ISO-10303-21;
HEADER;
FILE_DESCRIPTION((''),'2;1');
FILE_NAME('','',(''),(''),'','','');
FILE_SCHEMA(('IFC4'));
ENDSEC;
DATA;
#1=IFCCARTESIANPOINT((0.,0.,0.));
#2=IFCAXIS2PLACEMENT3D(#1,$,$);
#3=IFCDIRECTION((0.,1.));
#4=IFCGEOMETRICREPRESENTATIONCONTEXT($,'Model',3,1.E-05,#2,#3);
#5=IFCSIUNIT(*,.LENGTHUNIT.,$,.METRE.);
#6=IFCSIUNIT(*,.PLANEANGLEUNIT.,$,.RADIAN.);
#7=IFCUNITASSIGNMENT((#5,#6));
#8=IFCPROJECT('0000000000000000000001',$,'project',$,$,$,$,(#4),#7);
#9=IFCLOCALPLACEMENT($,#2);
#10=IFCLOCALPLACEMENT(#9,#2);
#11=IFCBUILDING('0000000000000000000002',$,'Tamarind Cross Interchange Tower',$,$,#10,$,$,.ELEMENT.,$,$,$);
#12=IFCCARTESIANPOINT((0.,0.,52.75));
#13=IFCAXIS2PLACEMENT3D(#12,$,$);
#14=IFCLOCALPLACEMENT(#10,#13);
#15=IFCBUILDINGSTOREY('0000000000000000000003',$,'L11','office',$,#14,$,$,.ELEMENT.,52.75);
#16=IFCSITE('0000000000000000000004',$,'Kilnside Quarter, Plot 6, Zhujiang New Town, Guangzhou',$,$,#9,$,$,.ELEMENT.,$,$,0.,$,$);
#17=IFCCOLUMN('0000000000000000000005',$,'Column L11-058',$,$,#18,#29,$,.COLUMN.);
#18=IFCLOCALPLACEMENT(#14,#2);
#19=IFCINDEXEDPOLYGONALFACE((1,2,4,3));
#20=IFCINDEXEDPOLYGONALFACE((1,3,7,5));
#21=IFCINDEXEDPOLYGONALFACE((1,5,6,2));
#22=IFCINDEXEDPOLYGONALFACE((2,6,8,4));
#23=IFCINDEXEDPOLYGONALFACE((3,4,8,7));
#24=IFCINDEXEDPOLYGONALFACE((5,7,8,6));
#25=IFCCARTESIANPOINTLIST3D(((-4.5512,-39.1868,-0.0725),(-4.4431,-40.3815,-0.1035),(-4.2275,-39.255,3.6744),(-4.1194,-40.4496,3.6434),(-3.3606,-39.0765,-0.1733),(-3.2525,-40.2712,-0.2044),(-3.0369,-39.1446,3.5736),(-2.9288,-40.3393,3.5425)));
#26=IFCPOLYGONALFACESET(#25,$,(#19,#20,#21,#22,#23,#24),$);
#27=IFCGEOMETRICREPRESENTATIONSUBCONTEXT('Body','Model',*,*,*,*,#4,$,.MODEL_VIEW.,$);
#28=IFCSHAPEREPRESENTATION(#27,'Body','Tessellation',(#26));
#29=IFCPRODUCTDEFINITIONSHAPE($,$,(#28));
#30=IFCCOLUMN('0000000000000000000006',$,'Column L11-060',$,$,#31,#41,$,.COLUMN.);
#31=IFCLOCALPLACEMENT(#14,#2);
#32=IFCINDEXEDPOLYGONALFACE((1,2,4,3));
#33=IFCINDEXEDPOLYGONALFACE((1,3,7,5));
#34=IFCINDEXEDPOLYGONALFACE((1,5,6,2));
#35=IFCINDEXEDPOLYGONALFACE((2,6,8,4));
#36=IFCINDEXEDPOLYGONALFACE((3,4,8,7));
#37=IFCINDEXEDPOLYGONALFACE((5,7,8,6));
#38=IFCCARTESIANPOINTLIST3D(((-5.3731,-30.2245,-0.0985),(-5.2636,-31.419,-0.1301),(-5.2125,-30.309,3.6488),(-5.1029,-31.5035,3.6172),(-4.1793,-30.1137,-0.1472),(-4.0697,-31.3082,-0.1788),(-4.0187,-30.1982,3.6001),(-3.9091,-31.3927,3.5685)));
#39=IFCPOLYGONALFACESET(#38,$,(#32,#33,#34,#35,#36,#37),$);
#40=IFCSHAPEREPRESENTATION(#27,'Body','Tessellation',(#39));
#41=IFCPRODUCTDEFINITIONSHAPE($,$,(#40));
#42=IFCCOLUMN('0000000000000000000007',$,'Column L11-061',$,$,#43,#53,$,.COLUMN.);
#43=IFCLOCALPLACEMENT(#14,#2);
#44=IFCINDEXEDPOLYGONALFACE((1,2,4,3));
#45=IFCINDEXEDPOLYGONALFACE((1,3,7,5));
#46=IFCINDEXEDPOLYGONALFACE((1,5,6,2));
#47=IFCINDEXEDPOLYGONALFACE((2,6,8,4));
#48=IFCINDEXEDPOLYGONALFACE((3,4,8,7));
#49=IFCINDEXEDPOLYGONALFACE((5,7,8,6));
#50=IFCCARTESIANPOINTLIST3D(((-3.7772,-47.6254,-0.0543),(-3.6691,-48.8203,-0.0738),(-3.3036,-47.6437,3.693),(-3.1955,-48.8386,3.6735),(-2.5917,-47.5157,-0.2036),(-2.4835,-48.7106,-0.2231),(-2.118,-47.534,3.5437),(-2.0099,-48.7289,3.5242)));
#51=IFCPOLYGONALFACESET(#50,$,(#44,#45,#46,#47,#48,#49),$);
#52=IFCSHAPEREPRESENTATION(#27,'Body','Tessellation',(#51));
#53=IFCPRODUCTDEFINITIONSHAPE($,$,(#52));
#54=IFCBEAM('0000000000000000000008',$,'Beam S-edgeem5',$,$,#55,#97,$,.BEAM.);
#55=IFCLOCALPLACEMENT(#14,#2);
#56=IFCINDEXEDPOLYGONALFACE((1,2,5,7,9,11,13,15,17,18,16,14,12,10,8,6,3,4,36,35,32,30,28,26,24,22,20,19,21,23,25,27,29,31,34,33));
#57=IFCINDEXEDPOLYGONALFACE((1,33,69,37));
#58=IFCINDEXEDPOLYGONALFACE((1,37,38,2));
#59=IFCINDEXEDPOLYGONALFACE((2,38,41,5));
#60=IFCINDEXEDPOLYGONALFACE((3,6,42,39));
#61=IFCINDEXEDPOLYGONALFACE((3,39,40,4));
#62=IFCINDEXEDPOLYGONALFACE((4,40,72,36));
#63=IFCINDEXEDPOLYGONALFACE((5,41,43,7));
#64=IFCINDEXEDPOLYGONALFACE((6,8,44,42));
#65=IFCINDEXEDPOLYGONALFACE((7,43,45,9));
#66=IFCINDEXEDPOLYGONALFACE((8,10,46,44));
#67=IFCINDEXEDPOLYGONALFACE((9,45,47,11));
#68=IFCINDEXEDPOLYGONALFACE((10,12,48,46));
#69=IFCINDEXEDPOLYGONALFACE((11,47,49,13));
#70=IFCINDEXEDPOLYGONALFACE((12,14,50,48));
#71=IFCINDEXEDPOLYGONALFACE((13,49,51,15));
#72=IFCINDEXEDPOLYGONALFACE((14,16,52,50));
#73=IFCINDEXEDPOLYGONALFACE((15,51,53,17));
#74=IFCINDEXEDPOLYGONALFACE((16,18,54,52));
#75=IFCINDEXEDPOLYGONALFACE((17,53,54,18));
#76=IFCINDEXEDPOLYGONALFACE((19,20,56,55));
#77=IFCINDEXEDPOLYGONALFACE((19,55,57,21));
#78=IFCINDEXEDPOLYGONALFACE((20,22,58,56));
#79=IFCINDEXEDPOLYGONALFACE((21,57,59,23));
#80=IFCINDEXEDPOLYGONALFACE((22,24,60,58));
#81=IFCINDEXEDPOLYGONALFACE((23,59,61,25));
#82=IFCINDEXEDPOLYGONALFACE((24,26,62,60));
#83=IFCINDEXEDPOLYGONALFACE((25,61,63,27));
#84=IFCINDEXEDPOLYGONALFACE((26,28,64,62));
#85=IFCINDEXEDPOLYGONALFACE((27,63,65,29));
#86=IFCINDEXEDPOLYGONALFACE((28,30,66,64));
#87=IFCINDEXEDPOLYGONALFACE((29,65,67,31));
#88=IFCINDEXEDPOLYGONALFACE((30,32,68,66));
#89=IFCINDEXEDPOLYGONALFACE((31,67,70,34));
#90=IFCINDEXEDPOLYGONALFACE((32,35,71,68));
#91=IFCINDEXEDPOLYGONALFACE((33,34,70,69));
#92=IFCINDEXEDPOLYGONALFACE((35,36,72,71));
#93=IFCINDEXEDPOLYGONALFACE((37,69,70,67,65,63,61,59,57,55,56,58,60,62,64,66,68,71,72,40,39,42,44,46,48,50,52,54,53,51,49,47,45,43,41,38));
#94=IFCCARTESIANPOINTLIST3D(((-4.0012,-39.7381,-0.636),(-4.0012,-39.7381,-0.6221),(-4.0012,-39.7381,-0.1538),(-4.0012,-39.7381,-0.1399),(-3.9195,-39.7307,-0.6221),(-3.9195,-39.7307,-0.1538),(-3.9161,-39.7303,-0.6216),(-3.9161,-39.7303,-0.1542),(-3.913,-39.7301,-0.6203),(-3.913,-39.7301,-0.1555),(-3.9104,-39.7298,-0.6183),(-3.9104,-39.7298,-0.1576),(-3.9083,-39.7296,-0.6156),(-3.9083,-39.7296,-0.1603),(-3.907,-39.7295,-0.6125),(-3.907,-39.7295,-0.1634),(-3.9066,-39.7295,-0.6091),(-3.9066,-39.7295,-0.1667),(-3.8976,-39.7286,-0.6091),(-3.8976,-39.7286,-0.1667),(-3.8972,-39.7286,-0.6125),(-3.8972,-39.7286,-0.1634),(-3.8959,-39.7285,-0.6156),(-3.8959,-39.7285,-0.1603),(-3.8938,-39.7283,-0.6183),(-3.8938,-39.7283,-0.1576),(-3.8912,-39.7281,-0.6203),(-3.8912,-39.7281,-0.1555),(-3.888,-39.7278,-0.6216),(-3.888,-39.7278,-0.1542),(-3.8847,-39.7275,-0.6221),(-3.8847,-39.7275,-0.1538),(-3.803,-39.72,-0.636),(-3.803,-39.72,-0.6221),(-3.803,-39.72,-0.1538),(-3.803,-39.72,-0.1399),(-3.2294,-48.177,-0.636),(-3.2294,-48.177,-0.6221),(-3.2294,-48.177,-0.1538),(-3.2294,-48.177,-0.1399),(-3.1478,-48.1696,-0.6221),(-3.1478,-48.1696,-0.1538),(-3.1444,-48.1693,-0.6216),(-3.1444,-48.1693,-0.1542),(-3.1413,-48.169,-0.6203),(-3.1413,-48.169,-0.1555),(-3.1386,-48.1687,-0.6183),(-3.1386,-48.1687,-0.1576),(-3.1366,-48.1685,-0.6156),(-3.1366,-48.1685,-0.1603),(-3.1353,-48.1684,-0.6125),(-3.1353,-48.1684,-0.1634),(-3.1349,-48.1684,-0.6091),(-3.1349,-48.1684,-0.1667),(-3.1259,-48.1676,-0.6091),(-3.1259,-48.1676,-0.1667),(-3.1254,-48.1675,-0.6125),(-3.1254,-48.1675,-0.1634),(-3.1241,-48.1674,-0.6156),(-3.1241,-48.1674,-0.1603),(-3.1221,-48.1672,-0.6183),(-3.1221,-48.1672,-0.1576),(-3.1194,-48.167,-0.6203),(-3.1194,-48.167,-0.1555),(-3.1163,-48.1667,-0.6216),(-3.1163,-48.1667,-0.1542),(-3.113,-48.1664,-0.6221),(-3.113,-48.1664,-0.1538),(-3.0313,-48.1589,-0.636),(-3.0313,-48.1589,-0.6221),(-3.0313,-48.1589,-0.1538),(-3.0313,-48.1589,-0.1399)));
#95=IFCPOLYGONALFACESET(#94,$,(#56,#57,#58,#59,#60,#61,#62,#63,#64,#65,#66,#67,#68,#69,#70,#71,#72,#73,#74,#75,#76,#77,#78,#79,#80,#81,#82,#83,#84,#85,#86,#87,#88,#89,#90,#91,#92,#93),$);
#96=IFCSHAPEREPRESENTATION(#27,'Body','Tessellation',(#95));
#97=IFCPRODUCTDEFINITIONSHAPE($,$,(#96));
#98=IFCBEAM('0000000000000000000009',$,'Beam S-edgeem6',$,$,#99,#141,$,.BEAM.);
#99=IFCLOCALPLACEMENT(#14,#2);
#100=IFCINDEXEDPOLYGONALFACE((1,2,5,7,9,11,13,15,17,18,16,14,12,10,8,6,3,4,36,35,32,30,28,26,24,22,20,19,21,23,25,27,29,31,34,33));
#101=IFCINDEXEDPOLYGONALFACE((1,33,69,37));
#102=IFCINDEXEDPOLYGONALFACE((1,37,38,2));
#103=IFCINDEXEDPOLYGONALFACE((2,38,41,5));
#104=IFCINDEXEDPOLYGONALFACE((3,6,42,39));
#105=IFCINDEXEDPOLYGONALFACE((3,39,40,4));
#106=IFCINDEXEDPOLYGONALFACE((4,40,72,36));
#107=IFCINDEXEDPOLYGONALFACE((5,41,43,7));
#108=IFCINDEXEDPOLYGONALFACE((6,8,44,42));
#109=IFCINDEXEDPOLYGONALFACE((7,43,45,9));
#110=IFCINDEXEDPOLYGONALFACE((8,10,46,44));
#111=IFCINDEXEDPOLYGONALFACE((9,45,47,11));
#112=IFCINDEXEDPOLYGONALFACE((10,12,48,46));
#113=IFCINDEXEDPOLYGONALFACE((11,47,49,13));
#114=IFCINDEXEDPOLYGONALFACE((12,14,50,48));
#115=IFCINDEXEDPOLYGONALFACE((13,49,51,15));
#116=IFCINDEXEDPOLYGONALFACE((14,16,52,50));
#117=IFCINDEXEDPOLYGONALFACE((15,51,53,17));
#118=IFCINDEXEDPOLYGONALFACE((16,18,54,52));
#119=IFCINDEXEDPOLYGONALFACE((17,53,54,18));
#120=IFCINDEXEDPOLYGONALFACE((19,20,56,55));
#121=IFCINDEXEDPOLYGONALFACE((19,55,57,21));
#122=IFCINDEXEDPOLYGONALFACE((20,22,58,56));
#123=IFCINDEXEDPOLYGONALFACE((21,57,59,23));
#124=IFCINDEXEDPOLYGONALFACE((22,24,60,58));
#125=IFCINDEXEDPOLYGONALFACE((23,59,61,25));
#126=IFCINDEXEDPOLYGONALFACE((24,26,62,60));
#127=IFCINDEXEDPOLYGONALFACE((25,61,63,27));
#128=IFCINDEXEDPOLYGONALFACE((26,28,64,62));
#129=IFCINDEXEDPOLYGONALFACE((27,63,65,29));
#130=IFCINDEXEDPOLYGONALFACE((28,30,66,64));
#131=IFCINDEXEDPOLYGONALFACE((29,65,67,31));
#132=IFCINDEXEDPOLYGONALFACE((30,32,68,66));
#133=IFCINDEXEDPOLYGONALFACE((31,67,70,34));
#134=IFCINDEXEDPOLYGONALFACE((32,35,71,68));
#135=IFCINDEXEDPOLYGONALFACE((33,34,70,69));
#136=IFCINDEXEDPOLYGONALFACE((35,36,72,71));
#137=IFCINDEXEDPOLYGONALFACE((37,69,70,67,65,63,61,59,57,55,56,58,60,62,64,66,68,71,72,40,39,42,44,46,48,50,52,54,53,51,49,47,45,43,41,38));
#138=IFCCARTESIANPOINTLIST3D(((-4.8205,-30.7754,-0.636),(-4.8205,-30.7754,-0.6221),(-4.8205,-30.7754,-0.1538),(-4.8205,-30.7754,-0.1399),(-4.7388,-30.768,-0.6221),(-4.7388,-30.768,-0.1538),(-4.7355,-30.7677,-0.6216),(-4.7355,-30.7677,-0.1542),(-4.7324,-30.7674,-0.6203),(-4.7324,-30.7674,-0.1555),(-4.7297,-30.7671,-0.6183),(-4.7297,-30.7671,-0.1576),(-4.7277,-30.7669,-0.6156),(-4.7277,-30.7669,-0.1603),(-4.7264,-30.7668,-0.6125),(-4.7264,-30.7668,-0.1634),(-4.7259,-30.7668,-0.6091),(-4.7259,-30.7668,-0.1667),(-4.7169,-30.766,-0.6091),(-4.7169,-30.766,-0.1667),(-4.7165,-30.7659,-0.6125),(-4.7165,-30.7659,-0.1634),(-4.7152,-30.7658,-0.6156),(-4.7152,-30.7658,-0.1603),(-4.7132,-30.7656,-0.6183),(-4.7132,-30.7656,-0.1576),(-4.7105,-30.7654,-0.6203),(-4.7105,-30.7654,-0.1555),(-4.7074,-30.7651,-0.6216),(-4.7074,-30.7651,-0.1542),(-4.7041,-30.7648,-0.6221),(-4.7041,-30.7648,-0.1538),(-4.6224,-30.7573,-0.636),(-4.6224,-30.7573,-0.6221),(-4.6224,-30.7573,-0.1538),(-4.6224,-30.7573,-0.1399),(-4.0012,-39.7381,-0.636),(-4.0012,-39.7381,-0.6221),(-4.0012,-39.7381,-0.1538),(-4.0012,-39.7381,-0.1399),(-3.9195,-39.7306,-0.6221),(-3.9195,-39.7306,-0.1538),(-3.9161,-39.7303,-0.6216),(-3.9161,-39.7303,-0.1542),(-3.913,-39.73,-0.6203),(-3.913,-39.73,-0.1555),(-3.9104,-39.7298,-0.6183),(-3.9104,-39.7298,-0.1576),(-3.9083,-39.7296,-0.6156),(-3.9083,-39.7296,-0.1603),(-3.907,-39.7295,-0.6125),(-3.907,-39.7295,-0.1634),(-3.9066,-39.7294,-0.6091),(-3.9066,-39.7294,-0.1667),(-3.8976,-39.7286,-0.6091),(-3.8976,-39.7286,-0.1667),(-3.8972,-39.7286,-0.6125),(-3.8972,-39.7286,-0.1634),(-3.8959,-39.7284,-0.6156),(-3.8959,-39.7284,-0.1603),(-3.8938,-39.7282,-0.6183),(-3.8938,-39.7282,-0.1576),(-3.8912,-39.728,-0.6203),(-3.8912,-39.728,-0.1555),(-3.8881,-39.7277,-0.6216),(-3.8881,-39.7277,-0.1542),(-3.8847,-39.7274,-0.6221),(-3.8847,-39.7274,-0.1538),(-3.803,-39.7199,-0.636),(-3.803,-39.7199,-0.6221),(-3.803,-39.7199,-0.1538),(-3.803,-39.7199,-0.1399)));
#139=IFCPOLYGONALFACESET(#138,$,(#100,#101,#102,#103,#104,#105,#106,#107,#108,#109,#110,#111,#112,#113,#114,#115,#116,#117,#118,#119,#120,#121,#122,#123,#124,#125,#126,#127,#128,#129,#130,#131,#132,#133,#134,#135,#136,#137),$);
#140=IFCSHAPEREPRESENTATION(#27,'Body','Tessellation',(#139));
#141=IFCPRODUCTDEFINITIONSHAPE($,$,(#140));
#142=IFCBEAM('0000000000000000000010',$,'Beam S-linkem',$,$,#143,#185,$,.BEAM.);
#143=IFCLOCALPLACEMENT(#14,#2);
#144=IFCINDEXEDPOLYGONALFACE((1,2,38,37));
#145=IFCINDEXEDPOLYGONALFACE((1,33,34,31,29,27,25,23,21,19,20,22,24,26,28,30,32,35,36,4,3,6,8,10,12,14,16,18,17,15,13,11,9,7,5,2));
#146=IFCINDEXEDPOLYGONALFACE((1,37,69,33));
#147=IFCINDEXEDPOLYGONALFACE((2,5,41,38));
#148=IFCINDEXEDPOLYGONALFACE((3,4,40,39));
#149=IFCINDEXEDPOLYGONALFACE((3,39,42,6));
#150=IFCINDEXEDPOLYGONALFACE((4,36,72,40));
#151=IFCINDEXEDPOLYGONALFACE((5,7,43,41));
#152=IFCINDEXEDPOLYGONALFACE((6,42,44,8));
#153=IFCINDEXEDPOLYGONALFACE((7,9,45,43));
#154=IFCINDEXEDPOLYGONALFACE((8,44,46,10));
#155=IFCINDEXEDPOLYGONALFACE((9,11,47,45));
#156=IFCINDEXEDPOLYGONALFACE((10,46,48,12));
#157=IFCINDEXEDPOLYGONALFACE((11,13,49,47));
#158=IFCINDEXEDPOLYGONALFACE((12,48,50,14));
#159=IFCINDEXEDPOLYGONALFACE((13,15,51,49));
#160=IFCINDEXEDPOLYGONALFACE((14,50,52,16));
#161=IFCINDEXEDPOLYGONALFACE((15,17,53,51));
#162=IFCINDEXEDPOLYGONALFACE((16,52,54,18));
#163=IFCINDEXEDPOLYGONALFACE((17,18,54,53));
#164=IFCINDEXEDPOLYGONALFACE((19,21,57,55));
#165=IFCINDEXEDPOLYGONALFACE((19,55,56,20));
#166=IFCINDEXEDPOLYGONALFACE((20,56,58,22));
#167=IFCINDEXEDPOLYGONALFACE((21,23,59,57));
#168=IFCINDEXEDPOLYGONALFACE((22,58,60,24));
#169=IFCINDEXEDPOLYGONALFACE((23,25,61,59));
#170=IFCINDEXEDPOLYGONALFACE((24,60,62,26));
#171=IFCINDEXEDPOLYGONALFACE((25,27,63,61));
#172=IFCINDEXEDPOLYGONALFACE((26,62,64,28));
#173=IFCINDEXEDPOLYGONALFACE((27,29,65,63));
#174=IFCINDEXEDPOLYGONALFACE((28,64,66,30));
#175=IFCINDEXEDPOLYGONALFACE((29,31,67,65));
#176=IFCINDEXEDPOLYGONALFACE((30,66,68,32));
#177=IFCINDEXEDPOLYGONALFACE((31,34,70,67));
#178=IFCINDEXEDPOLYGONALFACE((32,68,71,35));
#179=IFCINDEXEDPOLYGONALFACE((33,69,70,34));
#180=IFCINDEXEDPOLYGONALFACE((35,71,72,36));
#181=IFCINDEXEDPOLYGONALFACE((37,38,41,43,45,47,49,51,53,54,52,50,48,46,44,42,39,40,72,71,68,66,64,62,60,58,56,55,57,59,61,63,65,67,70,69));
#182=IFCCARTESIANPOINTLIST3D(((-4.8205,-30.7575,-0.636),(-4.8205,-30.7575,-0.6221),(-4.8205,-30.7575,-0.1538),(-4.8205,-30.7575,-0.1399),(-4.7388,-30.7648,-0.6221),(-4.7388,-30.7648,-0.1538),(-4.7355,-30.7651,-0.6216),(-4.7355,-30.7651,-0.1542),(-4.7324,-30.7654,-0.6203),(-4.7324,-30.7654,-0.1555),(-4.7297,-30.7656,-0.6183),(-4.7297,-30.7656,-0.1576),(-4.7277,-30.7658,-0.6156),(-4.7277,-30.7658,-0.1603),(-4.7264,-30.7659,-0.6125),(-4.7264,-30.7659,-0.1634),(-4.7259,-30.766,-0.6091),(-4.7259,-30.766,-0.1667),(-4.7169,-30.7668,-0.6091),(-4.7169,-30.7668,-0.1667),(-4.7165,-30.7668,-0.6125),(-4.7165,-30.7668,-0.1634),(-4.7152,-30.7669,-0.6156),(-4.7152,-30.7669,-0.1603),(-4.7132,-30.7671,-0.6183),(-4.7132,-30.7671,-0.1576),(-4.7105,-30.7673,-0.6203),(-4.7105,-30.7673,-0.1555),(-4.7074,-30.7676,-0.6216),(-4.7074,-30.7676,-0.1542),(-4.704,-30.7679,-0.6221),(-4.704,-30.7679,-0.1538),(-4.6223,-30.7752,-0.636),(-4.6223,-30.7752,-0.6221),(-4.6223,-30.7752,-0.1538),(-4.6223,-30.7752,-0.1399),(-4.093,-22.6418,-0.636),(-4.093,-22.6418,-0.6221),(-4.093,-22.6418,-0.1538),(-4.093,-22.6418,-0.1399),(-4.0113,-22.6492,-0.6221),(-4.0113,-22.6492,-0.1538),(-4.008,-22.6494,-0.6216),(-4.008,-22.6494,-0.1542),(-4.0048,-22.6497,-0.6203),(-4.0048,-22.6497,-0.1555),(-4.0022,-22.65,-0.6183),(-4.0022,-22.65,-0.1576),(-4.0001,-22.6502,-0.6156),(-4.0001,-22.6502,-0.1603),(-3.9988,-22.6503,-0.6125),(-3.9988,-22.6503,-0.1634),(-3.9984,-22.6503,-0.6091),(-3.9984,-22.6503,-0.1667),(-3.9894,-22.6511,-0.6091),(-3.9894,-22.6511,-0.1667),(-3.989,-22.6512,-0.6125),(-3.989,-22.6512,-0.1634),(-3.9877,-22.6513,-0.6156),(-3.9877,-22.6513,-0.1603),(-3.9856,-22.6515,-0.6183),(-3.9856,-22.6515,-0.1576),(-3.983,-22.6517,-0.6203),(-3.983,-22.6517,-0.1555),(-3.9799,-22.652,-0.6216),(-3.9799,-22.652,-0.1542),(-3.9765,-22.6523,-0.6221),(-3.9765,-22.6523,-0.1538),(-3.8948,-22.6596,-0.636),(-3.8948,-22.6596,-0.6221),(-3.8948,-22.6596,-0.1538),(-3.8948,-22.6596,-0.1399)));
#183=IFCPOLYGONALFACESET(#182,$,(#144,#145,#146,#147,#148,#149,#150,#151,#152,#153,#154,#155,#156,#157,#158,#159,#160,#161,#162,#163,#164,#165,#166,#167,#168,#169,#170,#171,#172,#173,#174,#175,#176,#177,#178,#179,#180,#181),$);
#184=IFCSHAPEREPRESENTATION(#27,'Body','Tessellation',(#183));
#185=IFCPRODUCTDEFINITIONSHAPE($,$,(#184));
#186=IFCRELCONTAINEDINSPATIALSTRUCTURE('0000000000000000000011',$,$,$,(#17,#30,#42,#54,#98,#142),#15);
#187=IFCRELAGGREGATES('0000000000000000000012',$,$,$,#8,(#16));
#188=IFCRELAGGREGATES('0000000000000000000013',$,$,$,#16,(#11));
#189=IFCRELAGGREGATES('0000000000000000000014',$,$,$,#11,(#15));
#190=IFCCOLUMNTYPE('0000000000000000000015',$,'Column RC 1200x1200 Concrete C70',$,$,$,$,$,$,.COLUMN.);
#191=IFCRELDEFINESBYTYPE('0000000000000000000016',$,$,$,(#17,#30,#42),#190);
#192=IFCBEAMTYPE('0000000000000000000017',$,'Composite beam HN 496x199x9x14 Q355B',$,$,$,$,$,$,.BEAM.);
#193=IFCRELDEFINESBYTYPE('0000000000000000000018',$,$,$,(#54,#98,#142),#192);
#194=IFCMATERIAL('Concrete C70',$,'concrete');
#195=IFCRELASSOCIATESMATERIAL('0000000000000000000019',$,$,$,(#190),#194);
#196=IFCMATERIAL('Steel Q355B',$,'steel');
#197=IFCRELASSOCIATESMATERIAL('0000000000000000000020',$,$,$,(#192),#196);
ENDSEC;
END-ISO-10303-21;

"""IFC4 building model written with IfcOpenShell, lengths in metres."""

from ifc_helpers import new_model, si_unit, direction, frame, origin, origin_2d, place, context, subcontext, project, spatial, rectangle, i_section, extrude, material, material_profile, profile_set, type_object, element, save


model = new_model("IFC4")

# Units and contexts
model_context = context("Model", 3, precision=1e-05, world=origin(), true_north=direction((0.0, 1.0)))
body_context = subcontext(model_context, "Body", "Model", "MODEL_VIEW")
ifc_project = project(units=[si_unit("LENGTHUNIT", "METRE"), si_unit("PLANEANGLEUNIT", "RADIAN")], contexts=[model_context])

# Site, building, storey
site_placement = place(None, origin())
site = spatial("IfcSite", under=ifc_project, at=site_placement, Name="Kilnside Quarter, Plot 6, Zhujiang New Town, Guangzhou", CompositionType="ELEMENT", RefElevation=0.0)
building_placement = place(site_placement, origin())
building = spatial("IfcBuilding", under=site, at=building_placement, Name="Tamarind Cross Interchange Tower", CompositionType="ELEMENT")
storey_placement = place(building_placement, frame((0.0, 0.0, 52.75)))
storey = spatial("IfcBuildingStorey", under=building, at=storey_placement, Name="L11", Description="office", CompositionType="ELEMENT", Elevation=52.75)

# Columns
ifc_material_1 = material(Name="Concrete C70", Category="concrete")
ifc_material_profile_1 = material_profile(ifc_material_1, rectangle(XDim=1.2, YDim=1.2, at=origin_2d()), Name="RC 1200x1200")
ifc_profile_set_1 = profile_set([ifc_material_profile_1], Name="Concrete C70")
column_type = type_object("IfcColumnType", Name="Column RC 1200x1200 Concrete C70", PredefinedType="COLUMN", material=ifc_profile_set_1)
column_1_placement = place(storey_placement, frame((-3.9019, -39.729, -0.1384), z_axis=(0.086066, -0.018109, 0.996125), x_axis=(-0.090072, 0.995599, 0.025882)))
element("IfcColumn", 1, at=column_1_placement, inside=storey, type_object=column_type, Name="Column L11-058", PredefinedType="COLUMN", context=body_context, shape_type="SweptSolid", body=[
    extrude(rectangle(XDim=1.2, YDim=1.2, at=origin_2d()), origin(), (0.0, 0.0, 1.0), 3.7615),
])
column_2_placement = place(storey_placement, frame((-4.7214, -30.7664, -0.1387), z_axis=(0.042819, -0.022516, 0.998829), x_axis=(-0.091303, 0.995474, 0.026354)))
element("IfcColumn", 2, at=column_2_placement, inside=storey, type_object=column_type, Name="Column L11-060", PredefinedType="COLUMN", context=body_context, shape_type="SweptSolid", body=[
    extrude(rectangle(XDim=1.2, YDim=1.2, at=origin_2d()), origin(), (0.0, 0.0, 1.0), 3.7517),
])
column_3_placement = place(storey_placement, frame((-3.1304, -48.168, -0.1387), z_axis=(0.125393, -0.004848, 0.992095), x_axis=(-0.090112, 0.995799, 0.016255)))
element("IfcColumn", 3, at=column_3_placement, inside=storey, type_object=column_type, Name="Column L11-061", PredefinedType="COLUMN", context=body_context, shape_type="SweptSolid", body=[
    extrude(rectangle(XDim=1.2, YDim=1.2, at=origin_2d()), origin(), (0.0, 0.0, 1.0), 3.7771),
])

# Beams
ifc_material_2 = material(Name="Steel Q355B", Category="steel")
ifc_material_profile_2 = material_profile(ifc_material_2, i_section(OverallWidth=0.199, OverallDepth=0.4961, WebThickness=0.009, FlangeThickness=0.0139, FilletRadius=0.0129, at=origin_2d()), Name="HN 496x199x9x14")
ifc_profile_set_2 = profile_set([ifc_material_profile_2], Name="Steel Q355B")
beam_type_1 = type_object("IfcBeamType", Name="Composite beam HN 496x199x9x14 Q355B", PredefinedType="BEAM", material=ifc_profile_set_2)
beam_1_placement = place(storey_placement, frame((-3.1304, -48.168, -0.3879), z_axis=(-0.091068, 0.995845, 0.0), x_axis=(-0.995845, -0.091068, 0.0)))
element("IfcBeam", 4, at=beam_1_placement, inside=storey, type_object=beam_type_1, Name="Beam S-edgeem5", PredefinedType="BEAM", context=body_context, shape_type="SweptSolid", body=[
    extrude(i_section(OverallWidth=0.199, OverallDepth=0.4961, WebThickness=0.009, FlangeThickness=0.0139, FilletRadius=0.0129, at=origin_2d()), origin(), (0.0, 0.0, 1.0), 8.4741),
])
beam_2_placement = place(storey_placement, frame((-3.9021, -39.729, -0.3879), z_axis=(-0.091037, 0.995847, 0.0), x_axis=(-0.995847, -0.091037, 0.0)))
element("IfcBeam", 5, at=beam_2_placement, inside=storey, type_object=beam_type_1, Name="Beam S-edgeem6", PredefinedType="BEAM", context=body_context, shape_type="SweptSolid", body=[
    extrude(i_section(OverallWidth=0.199, OverallDepth=0.4961, WebThickness=0.009, FlangeThickness=0.0139, FilletRadius=0.0129, at=origin_2d()), origin(), (0.0, 0.0, 1.0), 9.0),
])
beam_3_placement = place(storey_placement, frame((-4.7214, -30.7664, -0.3879), z_axis=(0.089288, 0.996006, 0.0), x_axis=(-0.996006, 0.089288, 0.0)))
element("IfcBeam", 6, at=beam_3_placement, inside=storey, type_object=beam_type_1, Name="Beam S-linkem", PredefinedType="BEAM", context=body_context, shape_type="SweptSolid", body=[
    extrude(i_section(OverallWidth=0.199, OverallDepth=0.4961, WebThickness=0.009, FlangeThickness=0.0139, FilletRadius=0.0129, at=origin_2d()), origin(), (0.0, 0.0, 1.0), 8.1482),
])

save(model, "model.ifc")
